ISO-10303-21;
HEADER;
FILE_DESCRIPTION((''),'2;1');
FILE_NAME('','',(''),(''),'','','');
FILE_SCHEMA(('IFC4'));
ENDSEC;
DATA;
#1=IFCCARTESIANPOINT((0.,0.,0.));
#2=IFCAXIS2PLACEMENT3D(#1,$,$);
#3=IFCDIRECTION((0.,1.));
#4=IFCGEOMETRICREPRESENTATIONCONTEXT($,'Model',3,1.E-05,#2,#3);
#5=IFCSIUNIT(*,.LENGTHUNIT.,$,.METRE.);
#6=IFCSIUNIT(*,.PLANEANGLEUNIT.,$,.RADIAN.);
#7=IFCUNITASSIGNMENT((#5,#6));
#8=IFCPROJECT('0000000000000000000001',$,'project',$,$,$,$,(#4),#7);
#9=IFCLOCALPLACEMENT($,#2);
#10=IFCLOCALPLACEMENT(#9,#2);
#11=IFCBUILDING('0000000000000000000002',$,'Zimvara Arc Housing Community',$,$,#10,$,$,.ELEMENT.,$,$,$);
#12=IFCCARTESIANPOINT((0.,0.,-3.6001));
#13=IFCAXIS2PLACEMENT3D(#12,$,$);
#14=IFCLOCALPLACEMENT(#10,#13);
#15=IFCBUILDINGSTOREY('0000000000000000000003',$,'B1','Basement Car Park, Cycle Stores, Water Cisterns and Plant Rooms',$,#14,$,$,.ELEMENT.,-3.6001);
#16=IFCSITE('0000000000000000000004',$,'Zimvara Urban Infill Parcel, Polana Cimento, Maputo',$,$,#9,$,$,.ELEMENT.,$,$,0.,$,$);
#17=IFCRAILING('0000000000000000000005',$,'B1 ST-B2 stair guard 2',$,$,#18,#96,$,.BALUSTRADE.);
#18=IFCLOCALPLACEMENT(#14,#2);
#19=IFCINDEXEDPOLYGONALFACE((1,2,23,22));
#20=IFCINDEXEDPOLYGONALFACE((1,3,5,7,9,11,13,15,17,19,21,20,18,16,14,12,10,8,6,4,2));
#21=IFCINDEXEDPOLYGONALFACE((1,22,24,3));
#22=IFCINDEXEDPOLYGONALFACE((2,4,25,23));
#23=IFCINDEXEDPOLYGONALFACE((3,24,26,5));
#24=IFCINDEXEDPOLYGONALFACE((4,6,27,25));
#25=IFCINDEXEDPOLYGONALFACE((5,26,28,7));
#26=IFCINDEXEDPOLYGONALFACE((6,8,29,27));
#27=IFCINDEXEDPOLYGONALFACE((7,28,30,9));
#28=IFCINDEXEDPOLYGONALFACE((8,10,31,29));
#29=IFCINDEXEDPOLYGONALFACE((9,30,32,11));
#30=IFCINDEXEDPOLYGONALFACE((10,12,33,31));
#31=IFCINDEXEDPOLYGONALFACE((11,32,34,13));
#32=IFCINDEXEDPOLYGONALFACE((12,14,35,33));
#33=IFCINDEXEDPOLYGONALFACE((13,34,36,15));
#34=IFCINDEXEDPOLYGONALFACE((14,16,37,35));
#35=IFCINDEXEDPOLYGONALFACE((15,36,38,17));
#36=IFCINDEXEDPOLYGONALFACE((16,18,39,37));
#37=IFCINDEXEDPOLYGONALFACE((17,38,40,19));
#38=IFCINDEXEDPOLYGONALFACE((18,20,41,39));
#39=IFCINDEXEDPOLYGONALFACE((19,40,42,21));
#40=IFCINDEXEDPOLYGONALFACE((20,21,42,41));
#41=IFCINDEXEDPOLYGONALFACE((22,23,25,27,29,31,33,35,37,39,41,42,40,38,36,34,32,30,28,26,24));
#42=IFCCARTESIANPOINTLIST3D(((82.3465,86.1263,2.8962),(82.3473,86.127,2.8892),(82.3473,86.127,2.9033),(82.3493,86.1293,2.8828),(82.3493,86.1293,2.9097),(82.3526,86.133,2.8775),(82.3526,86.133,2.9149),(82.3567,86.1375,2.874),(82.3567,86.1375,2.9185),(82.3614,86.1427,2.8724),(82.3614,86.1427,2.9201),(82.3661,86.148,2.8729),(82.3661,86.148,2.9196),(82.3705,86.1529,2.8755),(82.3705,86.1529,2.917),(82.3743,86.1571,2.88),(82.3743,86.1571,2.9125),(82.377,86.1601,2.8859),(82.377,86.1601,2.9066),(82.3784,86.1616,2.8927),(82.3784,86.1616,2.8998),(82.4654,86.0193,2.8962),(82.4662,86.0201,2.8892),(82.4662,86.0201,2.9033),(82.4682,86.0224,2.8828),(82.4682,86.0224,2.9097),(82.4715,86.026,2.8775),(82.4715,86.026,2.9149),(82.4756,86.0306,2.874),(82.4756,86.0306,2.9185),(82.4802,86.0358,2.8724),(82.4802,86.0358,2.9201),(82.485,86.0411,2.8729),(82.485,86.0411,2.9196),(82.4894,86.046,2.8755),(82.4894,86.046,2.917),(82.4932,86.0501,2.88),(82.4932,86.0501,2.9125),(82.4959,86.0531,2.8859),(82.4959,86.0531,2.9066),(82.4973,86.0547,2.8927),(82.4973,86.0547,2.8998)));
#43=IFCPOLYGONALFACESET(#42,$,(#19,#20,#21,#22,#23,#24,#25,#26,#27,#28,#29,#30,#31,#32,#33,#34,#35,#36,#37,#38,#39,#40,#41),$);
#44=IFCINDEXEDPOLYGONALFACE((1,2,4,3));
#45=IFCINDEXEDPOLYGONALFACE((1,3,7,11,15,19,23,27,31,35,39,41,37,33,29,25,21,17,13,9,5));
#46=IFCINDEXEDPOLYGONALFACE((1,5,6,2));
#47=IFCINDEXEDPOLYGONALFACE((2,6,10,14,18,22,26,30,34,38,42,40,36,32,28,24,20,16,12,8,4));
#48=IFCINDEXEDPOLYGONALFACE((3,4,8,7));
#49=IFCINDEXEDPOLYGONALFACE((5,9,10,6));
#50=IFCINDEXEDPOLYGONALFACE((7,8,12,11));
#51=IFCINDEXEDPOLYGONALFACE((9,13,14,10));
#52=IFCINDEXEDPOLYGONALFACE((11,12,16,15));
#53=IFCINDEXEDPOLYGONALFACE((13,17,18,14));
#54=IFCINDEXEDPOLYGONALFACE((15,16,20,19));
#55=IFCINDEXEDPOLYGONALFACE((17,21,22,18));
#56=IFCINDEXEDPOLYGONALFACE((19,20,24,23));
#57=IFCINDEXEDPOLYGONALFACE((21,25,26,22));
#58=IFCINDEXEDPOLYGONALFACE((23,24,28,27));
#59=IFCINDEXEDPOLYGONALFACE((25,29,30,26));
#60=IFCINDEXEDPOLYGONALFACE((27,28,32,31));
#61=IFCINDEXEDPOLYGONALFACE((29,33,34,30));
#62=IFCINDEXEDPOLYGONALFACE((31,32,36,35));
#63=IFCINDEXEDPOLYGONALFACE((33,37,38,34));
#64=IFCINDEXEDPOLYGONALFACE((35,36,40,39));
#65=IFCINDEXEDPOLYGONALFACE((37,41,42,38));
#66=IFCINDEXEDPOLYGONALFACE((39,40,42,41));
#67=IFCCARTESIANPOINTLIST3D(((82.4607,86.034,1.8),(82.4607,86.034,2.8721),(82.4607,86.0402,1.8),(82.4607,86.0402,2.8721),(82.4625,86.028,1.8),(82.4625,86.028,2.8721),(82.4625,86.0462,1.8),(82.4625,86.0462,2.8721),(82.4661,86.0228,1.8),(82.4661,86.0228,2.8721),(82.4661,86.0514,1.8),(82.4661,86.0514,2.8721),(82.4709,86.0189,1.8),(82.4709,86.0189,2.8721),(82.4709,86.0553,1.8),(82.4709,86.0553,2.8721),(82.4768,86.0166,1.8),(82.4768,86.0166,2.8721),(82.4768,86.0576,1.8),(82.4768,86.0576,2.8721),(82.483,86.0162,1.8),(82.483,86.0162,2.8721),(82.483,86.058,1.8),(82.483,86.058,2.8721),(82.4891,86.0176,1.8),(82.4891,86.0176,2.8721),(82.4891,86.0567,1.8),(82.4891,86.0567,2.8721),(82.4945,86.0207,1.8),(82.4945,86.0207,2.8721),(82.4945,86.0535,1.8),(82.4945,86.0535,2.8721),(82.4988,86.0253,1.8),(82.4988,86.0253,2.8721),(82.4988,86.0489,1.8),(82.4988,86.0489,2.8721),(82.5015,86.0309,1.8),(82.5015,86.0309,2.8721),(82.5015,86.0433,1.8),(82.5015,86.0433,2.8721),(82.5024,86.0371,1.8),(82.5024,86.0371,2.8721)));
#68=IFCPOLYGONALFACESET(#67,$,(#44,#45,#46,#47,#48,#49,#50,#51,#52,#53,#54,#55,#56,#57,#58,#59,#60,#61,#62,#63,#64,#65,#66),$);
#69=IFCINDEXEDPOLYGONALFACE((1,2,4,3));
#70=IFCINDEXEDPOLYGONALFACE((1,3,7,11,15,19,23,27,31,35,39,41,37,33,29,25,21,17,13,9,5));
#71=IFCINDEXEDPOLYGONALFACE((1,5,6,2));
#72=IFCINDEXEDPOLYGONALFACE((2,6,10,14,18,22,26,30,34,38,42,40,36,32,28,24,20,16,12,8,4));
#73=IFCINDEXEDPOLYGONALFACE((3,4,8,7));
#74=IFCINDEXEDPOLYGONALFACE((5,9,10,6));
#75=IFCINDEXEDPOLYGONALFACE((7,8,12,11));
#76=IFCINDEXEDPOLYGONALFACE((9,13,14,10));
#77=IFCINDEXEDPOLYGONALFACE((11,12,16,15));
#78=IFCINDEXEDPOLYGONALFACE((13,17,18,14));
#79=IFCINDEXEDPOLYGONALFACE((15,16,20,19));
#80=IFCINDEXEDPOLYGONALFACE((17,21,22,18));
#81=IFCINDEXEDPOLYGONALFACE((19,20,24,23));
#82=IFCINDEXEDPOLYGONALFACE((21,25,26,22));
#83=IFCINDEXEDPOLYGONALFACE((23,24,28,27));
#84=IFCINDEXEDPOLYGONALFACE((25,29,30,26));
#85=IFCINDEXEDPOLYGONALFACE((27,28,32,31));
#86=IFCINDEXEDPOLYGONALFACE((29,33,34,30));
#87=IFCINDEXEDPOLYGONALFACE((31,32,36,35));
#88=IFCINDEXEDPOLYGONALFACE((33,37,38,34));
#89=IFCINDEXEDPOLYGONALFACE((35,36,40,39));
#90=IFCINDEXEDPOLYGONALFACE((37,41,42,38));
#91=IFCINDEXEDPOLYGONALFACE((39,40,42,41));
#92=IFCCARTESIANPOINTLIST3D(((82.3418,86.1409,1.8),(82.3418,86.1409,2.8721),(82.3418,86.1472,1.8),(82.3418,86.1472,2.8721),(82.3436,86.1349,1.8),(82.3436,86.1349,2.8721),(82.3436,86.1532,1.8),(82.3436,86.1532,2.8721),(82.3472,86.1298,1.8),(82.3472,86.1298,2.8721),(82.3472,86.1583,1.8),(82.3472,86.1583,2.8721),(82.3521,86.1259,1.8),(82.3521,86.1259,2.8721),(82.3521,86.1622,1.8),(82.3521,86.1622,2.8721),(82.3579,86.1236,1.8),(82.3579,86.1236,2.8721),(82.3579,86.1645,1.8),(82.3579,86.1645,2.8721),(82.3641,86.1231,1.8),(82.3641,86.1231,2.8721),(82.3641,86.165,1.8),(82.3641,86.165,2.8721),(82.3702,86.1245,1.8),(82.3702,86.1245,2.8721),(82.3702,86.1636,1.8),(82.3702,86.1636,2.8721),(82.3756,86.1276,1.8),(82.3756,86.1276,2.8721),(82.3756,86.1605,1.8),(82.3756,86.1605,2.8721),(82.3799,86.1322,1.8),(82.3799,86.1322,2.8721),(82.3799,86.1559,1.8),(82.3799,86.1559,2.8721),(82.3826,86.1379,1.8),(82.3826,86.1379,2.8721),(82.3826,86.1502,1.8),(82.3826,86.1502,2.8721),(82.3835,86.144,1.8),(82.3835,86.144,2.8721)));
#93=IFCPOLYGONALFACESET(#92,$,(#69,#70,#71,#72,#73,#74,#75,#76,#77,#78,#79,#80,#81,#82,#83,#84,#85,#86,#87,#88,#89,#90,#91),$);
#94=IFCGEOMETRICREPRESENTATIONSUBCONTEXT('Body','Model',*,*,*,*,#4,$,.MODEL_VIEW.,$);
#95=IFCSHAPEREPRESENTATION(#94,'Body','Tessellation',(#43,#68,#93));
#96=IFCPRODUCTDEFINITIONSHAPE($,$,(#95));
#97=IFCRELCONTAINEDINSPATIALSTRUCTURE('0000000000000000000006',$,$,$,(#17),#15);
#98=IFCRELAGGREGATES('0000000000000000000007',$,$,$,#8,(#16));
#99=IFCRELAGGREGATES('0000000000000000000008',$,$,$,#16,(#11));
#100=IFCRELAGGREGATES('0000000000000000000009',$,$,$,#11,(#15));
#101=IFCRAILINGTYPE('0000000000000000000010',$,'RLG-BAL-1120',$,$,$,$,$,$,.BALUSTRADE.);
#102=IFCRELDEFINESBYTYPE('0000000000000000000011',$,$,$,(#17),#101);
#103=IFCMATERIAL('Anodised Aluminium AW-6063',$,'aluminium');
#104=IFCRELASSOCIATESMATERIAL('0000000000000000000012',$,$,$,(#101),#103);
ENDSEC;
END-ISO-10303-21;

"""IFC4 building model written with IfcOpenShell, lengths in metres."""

from ifc_helpers import new_model, si_unit, direction, frame, origin, origin_2d, place, context, subcontext, project, spatial, circle, extrude, material, type_object, element, save


model = new_model("IFC4")

# Units and contexts
model_context = context("Model", 3, precision=1e-05, world=origin(), true_north=direction((0.0, 1.0)))
body_context = subcontext(model_context, "Body", "Model", "MODEL_VIEW")
ifc_project = project(units=[si_unit("LENGTHUNIT", "METRE"), si_unit("PLANEANGLEUNIT", "RADIAN")], contexts=[model_context])

# Site, building, storey
site_placement = place(None, origin())
site = spatial("IfcSite", under=ifc_project, at=site_placement, Name="Zimvara Urban Infill Parcel, Polana Cimento, Maputo", CompositionType="ELEMENT", RefElevation=0.0)
building_placement = place(site_placement, origin())
building = spatial("IfcBuilding", under=site, at=building_placement, Name="Zimvara Arc Housing Community", CompositionType="ELEMENT")
storey_placement = place(building_placement, frame((0.0, 0.0, -3.6001)))
storey = spatial("IfcBuildingStorey", under=building, at=storey_placement, Name="B1", Description="Basement Car Park, Cycle Stores, Water Cisterns and Plant Rooms", CompositionType="ELEMENT", Elevation=-3.6001)

# Railing
ifc_material_1 = material(Name="Anodised Aluminium AW-6063", Category="aluminium")
railing_type_1 = type_object("IfcRailingType", Name="RLG-BAL-1120", PredefinedType="BALUSTRADE", material=ifc_material_1)
railing_1_placement = place(storey_placement, frame((82.4814, 86.0371, 1.8)))
element("IfcRailing", 1, at=railing_1_placement, inside=storey, type_object=railing_type_1, Name="B1 ST-B2 stair guard 2", PredefinedType="BALUSTRADE", context=body_context, shape_type="SweptSolid", body=[
    extrude(circle(Radius=0.0239, at=origin_2d()), frame((0.0, 0.0, 1.0962), z_axis=(-0.743522, 0.668712, 0.0), x_axis=(-0.668712, -0.743522, 0.0)), (0.0, 0.0, 1.0), 0.1599),
    extrude(circle(Radius=0.021, at=origin_2d()), origin(), (0.0, 0.0, 1.0), 1.072),
    extrude(circle(Radius=0.021, at=origin_2d()), frame((-0.1189, 0.1069, 0.0)), (0.0, 0.0, 1.0), 1.072),
])

save(model, "model.ifc")
